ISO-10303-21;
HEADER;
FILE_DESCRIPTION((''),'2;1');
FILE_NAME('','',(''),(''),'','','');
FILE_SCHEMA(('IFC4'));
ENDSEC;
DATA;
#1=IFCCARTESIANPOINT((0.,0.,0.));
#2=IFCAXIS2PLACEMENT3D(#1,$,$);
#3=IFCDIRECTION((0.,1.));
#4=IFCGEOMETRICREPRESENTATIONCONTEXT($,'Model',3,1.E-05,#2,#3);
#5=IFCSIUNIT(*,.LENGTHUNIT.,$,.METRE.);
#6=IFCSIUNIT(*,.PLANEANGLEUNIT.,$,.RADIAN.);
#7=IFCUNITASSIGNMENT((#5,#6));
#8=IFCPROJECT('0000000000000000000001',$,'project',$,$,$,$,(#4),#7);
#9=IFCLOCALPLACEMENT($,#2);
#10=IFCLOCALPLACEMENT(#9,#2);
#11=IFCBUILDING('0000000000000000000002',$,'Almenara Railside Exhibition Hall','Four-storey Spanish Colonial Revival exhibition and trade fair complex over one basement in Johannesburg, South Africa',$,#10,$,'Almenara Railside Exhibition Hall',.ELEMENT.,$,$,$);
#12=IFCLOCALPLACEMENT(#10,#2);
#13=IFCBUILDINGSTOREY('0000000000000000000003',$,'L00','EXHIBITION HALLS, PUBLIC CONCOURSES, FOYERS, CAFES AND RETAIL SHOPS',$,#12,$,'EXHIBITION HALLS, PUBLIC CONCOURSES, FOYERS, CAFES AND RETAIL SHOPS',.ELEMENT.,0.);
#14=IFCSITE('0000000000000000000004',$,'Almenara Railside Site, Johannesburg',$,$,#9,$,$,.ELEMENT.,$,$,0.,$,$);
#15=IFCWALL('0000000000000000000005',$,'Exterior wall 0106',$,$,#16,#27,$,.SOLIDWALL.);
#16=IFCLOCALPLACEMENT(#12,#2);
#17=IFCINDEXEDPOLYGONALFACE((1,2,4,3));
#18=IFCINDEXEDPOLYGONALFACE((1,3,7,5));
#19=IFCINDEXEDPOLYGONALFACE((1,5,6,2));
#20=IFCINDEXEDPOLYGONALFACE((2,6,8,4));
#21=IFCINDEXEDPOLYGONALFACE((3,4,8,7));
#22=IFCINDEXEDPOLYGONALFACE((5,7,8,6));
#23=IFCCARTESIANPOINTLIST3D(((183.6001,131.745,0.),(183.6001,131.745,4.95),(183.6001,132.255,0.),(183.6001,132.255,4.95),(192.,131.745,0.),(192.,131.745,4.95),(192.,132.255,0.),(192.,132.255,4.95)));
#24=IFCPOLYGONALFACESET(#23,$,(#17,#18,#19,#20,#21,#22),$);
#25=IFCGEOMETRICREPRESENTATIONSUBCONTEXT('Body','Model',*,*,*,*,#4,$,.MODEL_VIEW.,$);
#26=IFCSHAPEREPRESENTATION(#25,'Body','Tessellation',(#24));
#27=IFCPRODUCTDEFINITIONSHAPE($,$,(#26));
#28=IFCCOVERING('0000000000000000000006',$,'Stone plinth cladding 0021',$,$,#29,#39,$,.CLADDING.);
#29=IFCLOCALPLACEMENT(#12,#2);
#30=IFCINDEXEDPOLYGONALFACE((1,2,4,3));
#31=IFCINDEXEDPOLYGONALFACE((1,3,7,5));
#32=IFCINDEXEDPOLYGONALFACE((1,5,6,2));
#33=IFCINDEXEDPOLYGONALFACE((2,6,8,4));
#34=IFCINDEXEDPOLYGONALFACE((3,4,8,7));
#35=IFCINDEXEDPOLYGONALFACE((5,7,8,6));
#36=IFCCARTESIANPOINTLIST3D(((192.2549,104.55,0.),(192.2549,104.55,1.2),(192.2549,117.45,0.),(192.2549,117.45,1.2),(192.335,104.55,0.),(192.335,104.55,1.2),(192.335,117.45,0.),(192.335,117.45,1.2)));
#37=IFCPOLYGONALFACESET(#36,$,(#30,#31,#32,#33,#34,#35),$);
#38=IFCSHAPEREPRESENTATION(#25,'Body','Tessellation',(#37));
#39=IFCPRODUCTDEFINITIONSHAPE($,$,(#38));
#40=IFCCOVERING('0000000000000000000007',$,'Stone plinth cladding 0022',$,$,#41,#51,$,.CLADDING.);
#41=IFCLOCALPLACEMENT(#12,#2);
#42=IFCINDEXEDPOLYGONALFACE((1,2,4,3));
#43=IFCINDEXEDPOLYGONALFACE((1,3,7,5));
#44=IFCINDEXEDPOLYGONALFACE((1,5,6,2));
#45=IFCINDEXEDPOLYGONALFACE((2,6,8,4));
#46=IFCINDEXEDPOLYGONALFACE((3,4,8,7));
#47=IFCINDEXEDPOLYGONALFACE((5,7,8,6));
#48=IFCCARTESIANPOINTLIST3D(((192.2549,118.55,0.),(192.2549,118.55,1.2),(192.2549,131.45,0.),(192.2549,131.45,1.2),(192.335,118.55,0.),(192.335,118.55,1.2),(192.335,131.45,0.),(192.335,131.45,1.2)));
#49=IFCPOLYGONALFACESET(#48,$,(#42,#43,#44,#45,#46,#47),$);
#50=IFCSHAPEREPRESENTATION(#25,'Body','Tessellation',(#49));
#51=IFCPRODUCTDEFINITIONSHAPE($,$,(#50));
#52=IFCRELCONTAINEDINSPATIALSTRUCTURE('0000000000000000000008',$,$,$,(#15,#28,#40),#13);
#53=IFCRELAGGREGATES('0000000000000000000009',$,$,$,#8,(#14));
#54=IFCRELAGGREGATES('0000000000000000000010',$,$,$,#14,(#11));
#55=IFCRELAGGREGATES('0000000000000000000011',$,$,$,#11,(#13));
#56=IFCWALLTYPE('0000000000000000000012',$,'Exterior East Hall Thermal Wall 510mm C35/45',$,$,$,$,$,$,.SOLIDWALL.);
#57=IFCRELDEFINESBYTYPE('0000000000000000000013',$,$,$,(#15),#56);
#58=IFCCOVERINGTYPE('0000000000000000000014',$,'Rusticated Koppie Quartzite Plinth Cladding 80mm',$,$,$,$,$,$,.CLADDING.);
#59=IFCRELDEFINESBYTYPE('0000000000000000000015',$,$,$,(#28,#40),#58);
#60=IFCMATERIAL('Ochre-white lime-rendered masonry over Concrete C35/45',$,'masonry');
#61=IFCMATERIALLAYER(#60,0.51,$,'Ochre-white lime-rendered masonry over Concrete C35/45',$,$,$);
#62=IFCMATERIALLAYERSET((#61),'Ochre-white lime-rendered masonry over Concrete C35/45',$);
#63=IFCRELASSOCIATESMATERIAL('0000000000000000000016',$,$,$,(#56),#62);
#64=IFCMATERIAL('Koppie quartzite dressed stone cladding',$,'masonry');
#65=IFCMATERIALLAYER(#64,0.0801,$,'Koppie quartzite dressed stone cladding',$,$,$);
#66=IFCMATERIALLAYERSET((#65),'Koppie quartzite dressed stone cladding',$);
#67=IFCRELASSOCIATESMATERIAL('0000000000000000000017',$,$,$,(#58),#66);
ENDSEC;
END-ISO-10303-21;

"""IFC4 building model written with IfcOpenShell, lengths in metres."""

from ifc_helpers import new_model, si_unit, direction, frame, frame_2d, origin, origin_2d, place, context, subcontext, project, spatial, rectangle, extrude, material, layer, layer_set, type_object, element, save


model = new_model("IFC4")

# Units and contexts
model_context = context("Model", 3, precision=1e-05, world=origin(), true_north=direction((0.0, 1.0)))
body_context = subcontext(model_context, "Body", "Model", "MODEL_VIEW")
ifc_project = project(units=[si_unit("LENGTHUNIT", "METRE"), si_unit("PLANEANGLEUNIT", "RADIAN")], contexts=[model_context])

# Site, building, storey
site_placement = place(None, origin())
site = spatial("IfcSite", under=ifc_project, at=site_placement, Name="Almenara Railside Site, Johannesburg", CompositionType="ELEMENT", RefElevation=0.0)
building_placement = place(site_placement, origin())
building = spatial("IfcBuilding", under=site, at=building_placement, Name="Almenara Railside Exhibition Hall", Description="Four-storey Spanish Colonial Revival exhibition and trade fair complex over one basement in Johannesburg, South Africa", LongName="Almenara Railside Exhibition Hall", CompositionType="ELEMENT")
storey_placement = place(building_placement, origin())
storey = spatial("IfcBuildingStorey", under=building, at=storey_placement, Name="L00", Description="EXHIBITION HALLS, PUBLIC CONCOURSES, FOYERS, CAFES AND RETAIL SHOPS", LongName="EXHIBITION HALLS, PUBLIC CONCOURSES, FOYERS, CAFES AND RETAIL SHOPS", CompositionType="ELEMENT", Elevation=0.0)

# Shared definitions
ifc_material_1 = material(Name="Ochre-white lime-rendered masonry over Concrete C35/45", Category="masonry")

# Shared definitions
ifc_layer_1 = layer(ifc_material_1, 0.51, Name="Ochre-white lime-rendered masonry over Concrete C35/45")
ifc_layer_set_1 = layer_set([ifc_layer_1], Name="Ochre-white lime-rendered masonry over Concrete C35/45")
wall_type_1 = type_object("IfcWallType", Name="Exterior East Hall Thermal Wall 510mm C35/45", PredefinedType="SOLIDWALL", material=ifc_layer_set_1)

# Wall
wall_1_placement = place(storey_placement, frame((192.0, 132.0, 0.0), z_axis=(0.0, 0.0, 1.0), x_axis=(-1.0, 0.0, 0.0)))
element("IfcWall", 1, at=wall_1_placement, inside=storey, type_object=wall_type_1, Name="Exterior wall 0106", PredefinedType="SOLIDWALL", context=body_context, shape_type="SweptSolid", body=[
    extrude(rectangle(XDim=8.3999, YDim=0.51, at=frame_2d((4.2, 0.0))), origin(), (0.0, 0.0, 1.0), 4.95),
])

# Coverings
ifc_material_2 = material(Name="Koppie quartzite dressed stone cladding", Category="masonry")
ifc_layer_2 = layer(ifc_material_2, 0.0801, Name="Koppie quartzite dressed stone cladding")
ifc_layer_set_2 = layer_set([ifc_layer_2], Name="Koppie quartzite dressed stone cladding")
covering_type = type_object("IfcCoveringType", Name="Rusticated Koppie Quartzite Plinth Cladding 80mm", PredefinedType="CLADDING", material=ifc_layer_set_2)
for number, where, z_axis, x_axis, name in (
    (2, (192.2949, 111.0, 0.0), (0.0, 0.0, 1.0), (0.0, 1.0, 0.0), "Stone plinth cladding 0021"),
    (3, (192.2949, 125.0, 0.0), (0.0, 0.0, 1.0), (0.0, 1.0, 0.0), "Stone plinth cladding 0022"),
):
    element("IfcCovering", number, at=place(storey_placement, frame(where, z_axis=z_axis, x_axis=x_axis)), inside=storey, type_object=covering_type, Name=name, PredefinedType="CLADDING", context=body_context, shape_type="SweptSolid", body=[
        extrude(rectangle(XDim=12.8999, YDim=0.0801, at=origin_2d()), origin(), (0.0, 0.0, 1.0), 1.2),
    ])

save(model, "model.ifc")
